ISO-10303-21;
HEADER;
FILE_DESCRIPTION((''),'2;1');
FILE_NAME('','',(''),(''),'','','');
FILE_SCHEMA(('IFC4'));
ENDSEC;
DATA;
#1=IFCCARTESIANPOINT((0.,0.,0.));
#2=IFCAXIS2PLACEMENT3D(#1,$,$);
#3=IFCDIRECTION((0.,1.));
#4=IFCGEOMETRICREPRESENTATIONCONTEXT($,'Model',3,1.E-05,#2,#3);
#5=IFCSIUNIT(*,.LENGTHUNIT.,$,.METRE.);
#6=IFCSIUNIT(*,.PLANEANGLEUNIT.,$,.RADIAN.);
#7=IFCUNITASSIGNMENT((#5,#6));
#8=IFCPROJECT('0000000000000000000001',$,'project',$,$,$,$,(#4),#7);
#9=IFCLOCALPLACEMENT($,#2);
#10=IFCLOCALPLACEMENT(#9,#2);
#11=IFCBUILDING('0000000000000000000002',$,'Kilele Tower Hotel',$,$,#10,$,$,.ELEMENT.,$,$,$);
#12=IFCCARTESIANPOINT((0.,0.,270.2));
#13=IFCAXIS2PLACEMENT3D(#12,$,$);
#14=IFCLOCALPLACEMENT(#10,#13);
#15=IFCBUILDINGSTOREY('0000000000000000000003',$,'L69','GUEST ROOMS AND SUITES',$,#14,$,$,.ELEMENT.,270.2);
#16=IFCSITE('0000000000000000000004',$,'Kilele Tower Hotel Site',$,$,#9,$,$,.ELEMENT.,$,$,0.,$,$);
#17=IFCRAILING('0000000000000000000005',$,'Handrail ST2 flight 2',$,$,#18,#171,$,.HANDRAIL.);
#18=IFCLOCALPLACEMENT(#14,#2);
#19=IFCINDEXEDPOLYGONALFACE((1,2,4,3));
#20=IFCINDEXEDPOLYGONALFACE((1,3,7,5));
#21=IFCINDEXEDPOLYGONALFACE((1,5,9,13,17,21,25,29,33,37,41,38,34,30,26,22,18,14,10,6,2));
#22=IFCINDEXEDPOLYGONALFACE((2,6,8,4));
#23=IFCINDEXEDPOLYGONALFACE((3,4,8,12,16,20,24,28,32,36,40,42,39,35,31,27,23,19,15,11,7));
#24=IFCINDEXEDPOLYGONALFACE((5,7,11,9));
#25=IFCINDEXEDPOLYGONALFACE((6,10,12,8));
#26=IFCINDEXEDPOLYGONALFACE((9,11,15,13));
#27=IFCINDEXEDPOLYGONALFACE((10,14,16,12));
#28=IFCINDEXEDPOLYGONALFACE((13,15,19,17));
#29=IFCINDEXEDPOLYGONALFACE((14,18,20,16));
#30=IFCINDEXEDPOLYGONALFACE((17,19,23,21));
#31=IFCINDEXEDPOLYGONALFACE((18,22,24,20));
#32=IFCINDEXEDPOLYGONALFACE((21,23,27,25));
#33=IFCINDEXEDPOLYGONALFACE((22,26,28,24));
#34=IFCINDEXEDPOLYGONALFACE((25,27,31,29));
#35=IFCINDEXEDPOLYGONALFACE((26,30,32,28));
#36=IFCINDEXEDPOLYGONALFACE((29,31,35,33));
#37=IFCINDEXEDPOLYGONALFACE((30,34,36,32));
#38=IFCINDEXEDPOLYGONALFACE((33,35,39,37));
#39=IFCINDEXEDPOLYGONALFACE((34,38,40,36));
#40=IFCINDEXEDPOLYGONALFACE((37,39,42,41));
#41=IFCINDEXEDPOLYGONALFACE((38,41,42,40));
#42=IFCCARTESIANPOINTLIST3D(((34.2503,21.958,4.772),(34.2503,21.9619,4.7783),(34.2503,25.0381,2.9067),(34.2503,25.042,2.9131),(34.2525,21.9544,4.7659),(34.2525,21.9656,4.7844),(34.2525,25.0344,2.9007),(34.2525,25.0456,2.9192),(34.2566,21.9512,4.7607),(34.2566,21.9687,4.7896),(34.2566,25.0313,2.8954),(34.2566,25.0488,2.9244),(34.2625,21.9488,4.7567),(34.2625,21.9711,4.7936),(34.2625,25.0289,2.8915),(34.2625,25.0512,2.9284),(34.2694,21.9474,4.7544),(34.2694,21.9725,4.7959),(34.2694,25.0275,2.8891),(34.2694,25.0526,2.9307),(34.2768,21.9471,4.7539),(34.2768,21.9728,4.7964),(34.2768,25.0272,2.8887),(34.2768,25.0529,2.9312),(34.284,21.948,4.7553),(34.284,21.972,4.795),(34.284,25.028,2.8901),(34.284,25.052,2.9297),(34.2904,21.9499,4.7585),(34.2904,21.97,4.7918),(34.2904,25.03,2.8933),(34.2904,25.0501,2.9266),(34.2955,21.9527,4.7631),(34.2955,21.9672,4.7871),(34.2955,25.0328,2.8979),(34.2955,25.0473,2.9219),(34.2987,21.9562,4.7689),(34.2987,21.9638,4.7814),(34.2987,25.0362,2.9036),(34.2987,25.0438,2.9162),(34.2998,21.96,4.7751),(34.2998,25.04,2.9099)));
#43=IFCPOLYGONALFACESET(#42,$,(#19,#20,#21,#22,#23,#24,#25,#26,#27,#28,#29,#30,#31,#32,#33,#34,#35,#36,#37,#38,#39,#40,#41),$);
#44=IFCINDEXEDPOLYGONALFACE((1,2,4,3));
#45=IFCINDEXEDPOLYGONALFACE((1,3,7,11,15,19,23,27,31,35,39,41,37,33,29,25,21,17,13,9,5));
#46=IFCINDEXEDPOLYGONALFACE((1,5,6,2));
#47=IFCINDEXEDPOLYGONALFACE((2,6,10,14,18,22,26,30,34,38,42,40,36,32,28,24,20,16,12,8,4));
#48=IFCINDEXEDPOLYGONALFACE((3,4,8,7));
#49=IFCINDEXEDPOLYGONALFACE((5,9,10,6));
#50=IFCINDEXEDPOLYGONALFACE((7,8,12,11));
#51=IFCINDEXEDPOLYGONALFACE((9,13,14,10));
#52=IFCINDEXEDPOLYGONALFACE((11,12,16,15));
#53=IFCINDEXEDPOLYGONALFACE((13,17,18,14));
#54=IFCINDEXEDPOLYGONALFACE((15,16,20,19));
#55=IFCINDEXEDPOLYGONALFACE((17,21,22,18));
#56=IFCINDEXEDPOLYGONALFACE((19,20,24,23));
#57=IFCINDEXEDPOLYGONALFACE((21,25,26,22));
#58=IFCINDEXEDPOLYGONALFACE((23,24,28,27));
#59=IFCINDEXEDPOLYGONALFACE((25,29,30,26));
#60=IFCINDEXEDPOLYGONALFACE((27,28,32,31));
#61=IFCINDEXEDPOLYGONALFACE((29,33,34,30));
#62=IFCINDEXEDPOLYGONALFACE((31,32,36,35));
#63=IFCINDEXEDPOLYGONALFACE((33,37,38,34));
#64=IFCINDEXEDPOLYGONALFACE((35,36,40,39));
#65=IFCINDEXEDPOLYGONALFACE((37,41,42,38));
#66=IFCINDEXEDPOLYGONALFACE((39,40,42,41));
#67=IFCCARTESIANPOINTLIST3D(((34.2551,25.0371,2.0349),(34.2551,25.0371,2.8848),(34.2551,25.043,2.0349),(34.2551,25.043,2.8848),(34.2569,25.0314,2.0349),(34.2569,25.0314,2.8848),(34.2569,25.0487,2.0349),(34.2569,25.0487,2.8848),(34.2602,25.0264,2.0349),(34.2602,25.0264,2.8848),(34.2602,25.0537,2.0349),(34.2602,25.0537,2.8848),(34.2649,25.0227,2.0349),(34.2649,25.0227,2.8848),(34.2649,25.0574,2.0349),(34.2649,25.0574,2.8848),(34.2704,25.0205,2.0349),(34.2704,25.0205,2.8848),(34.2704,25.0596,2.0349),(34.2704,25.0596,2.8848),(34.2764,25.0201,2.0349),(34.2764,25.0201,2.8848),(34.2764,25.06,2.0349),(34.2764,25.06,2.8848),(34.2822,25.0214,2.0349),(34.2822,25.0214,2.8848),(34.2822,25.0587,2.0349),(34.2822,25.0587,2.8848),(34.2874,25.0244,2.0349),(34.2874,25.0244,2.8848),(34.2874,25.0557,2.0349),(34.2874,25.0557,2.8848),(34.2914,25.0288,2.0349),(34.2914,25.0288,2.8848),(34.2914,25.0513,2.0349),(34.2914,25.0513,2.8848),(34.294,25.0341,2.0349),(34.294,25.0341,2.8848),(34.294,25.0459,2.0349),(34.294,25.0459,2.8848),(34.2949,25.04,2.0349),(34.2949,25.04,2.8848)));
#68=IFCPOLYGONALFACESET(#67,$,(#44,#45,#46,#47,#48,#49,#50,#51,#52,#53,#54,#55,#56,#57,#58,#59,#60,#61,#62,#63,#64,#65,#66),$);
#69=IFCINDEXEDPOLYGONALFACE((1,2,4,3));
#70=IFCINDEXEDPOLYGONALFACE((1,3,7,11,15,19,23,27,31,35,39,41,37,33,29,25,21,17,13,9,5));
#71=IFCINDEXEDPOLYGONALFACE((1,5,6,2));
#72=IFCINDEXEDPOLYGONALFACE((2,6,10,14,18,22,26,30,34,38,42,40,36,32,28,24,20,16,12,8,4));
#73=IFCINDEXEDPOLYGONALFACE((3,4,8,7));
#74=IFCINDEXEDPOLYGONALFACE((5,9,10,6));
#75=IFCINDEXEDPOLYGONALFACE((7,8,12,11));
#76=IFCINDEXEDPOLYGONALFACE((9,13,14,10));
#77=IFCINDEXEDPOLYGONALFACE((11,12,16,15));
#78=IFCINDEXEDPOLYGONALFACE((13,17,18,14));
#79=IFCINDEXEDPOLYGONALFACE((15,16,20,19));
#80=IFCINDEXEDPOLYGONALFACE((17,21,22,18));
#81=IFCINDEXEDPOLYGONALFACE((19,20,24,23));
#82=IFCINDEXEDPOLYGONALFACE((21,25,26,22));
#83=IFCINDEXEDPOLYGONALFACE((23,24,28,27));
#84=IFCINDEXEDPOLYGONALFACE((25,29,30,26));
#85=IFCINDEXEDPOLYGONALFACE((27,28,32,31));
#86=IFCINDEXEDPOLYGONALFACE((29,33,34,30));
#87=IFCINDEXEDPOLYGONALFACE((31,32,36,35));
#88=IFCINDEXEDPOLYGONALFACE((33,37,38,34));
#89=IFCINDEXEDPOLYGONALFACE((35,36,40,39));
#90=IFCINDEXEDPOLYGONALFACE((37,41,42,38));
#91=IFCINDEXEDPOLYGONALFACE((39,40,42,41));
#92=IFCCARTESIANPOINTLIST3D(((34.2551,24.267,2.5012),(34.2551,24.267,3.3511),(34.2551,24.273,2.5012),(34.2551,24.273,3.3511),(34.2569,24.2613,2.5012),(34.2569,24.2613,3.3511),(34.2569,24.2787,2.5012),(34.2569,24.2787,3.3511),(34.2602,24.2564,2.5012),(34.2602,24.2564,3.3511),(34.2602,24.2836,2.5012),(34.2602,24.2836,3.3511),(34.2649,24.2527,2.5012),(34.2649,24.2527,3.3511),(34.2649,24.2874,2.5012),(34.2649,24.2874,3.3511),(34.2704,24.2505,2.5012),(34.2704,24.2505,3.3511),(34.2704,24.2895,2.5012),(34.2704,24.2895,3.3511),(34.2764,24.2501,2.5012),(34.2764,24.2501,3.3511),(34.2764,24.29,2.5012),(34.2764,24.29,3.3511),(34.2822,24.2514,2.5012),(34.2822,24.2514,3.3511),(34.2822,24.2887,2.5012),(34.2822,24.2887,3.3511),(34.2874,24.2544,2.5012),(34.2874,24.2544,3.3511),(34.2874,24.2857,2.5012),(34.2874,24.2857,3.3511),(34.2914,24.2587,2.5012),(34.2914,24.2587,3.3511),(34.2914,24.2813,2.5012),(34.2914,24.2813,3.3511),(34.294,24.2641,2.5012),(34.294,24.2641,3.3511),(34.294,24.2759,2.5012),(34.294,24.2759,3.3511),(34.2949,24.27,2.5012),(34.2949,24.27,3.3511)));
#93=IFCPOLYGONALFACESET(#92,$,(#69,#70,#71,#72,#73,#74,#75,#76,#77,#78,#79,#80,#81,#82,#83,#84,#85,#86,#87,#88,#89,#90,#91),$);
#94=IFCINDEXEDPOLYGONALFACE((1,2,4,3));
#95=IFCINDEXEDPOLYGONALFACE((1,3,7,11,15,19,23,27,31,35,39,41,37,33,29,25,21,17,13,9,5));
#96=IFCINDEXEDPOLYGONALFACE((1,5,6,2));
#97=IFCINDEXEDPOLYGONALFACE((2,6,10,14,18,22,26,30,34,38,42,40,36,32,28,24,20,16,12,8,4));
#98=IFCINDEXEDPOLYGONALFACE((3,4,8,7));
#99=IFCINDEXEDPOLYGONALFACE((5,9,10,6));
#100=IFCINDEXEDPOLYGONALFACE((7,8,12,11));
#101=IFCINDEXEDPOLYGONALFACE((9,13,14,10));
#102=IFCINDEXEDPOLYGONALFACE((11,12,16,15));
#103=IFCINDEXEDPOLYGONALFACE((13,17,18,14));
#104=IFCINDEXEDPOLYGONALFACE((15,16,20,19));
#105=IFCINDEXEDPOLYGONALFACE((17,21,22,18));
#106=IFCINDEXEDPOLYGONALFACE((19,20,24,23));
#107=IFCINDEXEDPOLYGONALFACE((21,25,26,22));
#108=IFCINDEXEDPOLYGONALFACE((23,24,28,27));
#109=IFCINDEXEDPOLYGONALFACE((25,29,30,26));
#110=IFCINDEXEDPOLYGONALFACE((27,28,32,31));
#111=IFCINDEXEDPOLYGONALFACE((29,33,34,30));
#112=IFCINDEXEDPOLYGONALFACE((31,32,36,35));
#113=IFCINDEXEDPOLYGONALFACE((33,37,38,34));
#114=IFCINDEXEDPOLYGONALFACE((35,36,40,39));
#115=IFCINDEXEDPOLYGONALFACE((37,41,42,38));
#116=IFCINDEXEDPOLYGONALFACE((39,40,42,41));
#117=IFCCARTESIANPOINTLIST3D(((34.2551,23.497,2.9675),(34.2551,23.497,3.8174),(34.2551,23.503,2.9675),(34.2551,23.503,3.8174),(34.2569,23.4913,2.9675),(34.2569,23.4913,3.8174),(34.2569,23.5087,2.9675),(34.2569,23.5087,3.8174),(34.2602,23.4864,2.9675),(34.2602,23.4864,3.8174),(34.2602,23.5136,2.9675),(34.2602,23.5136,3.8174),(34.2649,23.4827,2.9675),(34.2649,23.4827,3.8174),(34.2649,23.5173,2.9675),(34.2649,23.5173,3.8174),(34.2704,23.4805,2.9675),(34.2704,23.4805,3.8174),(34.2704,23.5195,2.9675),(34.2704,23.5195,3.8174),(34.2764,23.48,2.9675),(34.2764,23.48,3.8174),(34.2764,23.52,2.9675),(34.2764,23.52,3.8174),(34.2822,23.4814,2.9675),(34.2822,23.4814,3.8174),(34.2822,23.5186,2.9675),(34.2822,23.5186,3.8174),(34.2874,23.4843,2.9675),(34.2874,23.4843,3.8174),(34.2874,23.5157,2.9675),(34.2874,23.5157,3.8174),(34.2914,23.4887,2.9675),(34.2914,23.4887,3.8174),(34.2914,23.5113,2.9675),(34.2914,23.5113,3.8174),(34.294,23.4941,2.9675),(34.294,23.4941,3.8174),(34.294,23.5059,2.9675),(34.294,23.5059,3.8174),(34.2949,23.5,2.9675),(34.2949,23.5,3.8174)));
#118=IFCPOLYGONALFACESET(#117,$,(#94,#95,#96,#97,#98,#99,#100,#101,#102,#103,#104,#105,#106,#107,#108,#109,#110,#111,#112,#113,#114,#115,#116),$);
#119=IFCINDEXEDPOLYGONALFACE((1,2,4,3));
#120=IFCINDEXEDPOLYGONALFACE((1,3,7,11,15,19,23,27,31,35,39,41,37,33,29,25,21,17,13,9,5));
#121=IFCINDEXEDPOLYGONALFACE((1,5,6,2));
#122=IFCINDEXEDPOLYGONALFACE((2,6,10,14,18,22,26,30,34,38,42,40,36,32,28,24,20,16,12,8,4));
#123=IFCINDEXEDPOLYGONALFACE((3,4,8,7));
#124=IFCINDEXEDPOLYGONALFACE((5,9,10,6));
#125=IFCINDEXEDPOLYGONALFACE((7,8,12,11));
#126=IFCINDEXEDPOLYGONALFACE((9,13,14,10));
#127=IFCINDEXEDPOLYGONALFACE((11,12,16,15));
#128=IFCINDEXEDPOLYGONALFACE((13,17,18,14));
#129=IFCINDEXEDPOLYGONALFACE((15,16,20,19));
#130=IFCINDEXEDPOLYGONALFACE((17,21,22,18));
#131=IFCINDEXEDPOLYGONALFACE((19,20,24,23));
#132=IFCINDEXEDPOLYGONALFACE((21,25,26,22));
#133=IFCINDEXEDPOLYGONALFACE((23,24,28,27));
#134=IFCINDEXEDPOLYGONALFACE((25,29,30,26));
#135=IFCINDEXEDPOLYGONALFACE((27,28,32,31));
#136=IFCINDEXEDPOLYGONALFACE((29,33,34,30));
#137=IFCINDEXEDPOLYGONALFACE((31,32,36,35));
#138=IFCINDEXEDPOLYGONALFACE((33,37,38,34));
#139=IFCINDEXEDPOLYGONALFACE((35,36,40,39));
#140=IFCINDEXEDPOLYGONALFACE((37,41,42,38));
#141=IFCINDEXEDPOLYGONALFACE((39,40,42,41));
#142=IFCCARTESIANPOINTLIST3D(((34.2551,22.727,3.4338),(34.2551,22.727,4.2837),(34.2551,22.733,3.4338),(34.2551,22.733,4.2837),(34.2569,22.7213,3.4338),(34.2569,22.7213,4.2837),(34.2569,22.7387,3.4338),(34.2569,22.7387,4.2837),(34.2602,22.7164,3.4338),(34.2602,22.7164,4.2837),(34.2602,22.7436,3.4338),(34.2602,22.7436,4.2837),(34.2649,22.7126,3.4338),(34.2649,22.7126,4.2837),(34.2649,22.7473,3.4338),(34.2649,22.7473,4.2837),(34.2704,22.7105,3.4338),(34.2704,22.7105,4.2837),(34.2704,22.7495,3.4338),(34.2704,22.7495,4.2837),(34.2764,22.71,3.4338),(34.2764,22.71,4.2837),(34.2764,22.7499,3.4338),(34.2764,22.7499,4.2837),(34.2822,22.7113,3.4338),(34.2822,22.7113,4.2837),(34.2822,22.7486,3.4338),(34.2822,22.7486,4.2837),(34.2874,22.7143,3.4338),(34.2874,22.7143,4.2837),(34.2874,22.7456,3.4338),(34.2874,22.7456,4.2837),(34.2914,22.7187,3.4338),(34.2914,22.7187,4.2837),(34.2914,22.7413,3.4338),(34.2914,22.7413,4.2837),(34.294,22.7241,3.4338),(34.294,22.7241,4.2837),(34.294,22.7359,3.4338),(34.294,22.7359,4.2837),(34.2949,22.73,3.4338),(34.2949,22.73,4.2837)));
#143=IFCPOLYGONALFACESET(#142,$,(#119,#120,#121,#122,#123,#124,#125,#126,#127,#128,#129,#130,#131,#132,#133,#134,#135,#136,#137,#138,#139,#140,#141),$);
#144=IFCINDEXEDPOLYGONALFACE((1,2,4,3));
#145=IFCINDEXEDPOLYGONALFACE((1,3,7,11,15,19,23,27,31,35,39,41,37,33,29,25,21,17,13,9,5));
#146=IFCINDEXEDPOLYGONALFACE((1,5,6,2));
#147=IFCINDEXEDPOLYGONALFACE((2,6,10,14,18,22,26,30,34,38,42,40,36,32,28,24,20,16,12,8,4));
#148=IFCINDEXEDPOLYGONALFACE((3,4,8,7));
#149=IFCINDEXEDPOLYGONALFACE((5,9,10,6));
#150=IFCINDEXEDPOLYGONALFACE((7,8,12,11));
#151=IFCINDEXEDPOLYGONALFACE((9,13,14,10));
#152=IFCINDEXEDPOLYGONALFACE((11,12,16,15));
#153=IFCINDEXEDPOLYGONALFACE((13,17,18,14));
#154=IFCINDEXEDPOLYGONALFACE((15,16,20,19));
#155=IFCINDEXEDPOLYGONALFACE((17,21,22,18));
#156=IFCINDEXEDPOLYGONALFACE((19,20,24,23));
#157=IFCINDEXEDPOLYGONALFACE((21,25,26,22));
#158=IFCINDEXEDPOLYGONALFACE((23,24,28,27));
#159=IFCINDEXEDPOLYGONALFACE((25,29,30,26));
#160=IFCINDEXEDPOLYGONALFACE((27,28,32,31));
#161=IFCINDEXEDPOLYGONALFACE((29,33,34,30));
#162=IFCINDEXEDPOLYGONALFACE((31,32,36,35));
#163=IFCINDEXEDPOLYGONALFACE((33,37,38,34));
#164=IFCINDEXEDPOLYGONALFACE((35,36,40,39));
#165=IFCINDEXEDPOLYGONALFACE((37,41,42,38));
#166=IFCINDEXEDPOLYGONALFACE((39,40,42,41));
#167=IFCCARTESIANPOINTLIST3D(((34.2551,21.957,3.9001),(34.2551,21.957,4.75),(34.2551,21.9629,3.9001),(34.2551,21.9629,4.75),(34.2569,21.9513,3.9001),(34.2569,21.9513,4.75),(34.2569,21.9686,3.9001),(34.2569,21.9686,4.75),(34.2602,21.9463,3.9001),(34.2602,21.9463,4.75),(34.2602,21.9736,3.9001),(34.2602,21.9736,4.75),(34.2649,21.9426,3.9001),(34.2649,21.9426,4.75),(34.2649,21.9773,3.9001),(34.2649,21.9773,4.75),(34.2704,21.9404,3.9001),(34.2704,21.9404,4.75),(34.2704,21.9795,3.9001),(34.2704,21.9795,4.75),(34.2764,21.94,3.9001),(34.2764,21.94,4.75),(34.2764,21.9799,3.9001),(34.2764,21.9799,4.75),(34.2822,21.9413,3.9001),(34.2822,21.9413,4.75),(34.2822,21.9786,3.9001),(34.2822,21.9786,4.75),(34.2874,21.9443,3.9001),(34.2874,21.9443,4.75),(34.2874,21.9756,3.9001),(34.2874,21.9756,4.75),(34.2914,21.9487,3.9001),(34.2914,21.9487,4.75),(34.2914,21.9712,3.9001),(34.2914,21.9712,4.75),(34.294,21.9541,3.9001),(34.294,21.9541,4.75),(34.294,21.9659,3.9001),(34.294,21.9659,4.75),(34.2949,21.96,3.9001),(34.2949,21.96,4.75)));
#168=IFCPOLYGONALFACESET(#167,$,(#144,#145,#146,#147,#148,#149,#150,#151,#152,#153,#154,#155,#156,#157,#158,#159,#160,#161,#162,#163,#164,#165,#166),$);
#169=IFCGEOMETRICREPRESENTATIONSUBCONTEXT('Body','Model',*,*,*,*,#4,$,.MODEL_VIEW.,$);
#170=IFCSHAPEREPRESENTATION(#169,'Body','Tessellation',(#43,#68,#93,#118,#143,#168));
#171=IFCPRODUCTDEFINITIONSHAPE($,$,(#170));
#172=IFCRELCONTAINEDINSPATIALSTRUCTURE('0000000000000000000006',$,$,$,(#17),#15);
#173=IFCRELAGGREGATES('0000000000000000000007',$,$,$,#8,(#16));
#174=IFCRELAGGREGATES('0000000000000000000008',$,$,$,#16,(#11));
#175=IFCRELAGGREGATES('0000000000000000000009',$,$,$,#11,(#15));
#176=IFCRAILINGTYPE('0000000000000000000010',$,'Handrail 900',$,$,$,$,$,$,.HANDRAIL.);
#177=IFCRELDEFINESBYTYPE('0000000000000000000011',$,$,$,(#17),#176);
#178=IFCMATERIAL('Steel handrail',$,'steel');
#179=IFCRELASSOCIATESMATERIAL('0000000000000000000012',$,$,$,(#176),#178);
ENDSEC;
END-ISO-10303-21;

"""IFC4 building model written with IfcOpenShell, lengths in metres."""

from ifc_helpers import new_model, si_unit, direction, frame, origin, origin_2d, place, context, subcontext, project, spatial, circle, extrude, material, type_object, element, save


model = new_model("IFC4")

# Units and contexts
model_context = context("Model", 3, precision=1e-05, world=origin(), true_north=direction((0.0, 1.0)))
body_context = subcontext(model_context, "Body", "Model", "MODEL_VIEW")
ifc_project = project(units=[si_unit("LENGTHUNIT", "METRE"), si_unit("PLANEANGLEUNIT", "RADIAN")], contexts=[model_context])

# Site, building, storey
site_placement = place(None, origin())
site = spatial("IfcSite", under=ifc_project, at=site_placement, Name="Kilele Tower Hotel Site", CompositionType="ELEMENT", RefElevation=0.0)
building_placement = place(site_placement, origin())
building = spatial("IfcBuilding", under=site, at=building_placement, Name="Kilele Tower Hotel", CompositionType="ELEMENT")
storey_placement = place(building_placement, frame((0.0, 0.0, 270.2)))
storey = spatial("IfcBuildingStorey", under=building, at=storey_placement, Name="L69", Description="GUEST ROOMS AND SUITES", CompositionType="ELEMENT", Elevation=270.2)

# Railing
ifc_material_1 = material(Name="Steel handrail", Category="steel")
railing_type_1 = type_object("IfcRailingType", Name="Handrail 900", PredefinedType="HANDRAIL", material=ifc_material_1)
for number, where, name in (
    (1, (34.2749, 25.04, 2.0349), "Handrail ST2 flight 2"),
):
    element("IfcRailing", number, at=place(storey_placement, frame(where)), inside=storey, type_object=railing_type_1, Name=name, PredefinedType="HANDRAIL", context=body_context, shape_type="SweptSolid", body=[
        extrude(circle(Radius=0.0249, at=origin_2d()), frame((0.0, 0.0, 0.875), z_axis=(0.0, -0.85538, 0.518001), x_axis=(1.0, 0.0, 0.0)), (0.0, 0.0, 1.0), 3.6008),
        extrude(circle(Radius=0.02, at=origin_2d()), origin(), (0.0, 0.0, 1.0), 0.8499),
        extrude(circle(Radius=0.02, at=origin_2d()), frame((0.0, -0.77, 0.4663)), (0.0, 0.0, 1.0), 0.8499),
        extrude(circle(Radius=0.02, at=origin_2d()), frame((0.0, -1.54, 0.9326)), (0.0, 0.0, 1.0), 0.8499),
        extrude(circle(Radius=0.02, at=origin_2d()), frame((0.0, -2.3101, 1.3989)), (0.0, 0.0, 1.0), 0.8499),
        extrude(circle(Radius=0.02, at=origin_2d()), frame((0.0, -3.0801, 1.8652)), (0.0, 0.0, 1.0), 0.8499),
    ])

save(model, "model.ifc")
